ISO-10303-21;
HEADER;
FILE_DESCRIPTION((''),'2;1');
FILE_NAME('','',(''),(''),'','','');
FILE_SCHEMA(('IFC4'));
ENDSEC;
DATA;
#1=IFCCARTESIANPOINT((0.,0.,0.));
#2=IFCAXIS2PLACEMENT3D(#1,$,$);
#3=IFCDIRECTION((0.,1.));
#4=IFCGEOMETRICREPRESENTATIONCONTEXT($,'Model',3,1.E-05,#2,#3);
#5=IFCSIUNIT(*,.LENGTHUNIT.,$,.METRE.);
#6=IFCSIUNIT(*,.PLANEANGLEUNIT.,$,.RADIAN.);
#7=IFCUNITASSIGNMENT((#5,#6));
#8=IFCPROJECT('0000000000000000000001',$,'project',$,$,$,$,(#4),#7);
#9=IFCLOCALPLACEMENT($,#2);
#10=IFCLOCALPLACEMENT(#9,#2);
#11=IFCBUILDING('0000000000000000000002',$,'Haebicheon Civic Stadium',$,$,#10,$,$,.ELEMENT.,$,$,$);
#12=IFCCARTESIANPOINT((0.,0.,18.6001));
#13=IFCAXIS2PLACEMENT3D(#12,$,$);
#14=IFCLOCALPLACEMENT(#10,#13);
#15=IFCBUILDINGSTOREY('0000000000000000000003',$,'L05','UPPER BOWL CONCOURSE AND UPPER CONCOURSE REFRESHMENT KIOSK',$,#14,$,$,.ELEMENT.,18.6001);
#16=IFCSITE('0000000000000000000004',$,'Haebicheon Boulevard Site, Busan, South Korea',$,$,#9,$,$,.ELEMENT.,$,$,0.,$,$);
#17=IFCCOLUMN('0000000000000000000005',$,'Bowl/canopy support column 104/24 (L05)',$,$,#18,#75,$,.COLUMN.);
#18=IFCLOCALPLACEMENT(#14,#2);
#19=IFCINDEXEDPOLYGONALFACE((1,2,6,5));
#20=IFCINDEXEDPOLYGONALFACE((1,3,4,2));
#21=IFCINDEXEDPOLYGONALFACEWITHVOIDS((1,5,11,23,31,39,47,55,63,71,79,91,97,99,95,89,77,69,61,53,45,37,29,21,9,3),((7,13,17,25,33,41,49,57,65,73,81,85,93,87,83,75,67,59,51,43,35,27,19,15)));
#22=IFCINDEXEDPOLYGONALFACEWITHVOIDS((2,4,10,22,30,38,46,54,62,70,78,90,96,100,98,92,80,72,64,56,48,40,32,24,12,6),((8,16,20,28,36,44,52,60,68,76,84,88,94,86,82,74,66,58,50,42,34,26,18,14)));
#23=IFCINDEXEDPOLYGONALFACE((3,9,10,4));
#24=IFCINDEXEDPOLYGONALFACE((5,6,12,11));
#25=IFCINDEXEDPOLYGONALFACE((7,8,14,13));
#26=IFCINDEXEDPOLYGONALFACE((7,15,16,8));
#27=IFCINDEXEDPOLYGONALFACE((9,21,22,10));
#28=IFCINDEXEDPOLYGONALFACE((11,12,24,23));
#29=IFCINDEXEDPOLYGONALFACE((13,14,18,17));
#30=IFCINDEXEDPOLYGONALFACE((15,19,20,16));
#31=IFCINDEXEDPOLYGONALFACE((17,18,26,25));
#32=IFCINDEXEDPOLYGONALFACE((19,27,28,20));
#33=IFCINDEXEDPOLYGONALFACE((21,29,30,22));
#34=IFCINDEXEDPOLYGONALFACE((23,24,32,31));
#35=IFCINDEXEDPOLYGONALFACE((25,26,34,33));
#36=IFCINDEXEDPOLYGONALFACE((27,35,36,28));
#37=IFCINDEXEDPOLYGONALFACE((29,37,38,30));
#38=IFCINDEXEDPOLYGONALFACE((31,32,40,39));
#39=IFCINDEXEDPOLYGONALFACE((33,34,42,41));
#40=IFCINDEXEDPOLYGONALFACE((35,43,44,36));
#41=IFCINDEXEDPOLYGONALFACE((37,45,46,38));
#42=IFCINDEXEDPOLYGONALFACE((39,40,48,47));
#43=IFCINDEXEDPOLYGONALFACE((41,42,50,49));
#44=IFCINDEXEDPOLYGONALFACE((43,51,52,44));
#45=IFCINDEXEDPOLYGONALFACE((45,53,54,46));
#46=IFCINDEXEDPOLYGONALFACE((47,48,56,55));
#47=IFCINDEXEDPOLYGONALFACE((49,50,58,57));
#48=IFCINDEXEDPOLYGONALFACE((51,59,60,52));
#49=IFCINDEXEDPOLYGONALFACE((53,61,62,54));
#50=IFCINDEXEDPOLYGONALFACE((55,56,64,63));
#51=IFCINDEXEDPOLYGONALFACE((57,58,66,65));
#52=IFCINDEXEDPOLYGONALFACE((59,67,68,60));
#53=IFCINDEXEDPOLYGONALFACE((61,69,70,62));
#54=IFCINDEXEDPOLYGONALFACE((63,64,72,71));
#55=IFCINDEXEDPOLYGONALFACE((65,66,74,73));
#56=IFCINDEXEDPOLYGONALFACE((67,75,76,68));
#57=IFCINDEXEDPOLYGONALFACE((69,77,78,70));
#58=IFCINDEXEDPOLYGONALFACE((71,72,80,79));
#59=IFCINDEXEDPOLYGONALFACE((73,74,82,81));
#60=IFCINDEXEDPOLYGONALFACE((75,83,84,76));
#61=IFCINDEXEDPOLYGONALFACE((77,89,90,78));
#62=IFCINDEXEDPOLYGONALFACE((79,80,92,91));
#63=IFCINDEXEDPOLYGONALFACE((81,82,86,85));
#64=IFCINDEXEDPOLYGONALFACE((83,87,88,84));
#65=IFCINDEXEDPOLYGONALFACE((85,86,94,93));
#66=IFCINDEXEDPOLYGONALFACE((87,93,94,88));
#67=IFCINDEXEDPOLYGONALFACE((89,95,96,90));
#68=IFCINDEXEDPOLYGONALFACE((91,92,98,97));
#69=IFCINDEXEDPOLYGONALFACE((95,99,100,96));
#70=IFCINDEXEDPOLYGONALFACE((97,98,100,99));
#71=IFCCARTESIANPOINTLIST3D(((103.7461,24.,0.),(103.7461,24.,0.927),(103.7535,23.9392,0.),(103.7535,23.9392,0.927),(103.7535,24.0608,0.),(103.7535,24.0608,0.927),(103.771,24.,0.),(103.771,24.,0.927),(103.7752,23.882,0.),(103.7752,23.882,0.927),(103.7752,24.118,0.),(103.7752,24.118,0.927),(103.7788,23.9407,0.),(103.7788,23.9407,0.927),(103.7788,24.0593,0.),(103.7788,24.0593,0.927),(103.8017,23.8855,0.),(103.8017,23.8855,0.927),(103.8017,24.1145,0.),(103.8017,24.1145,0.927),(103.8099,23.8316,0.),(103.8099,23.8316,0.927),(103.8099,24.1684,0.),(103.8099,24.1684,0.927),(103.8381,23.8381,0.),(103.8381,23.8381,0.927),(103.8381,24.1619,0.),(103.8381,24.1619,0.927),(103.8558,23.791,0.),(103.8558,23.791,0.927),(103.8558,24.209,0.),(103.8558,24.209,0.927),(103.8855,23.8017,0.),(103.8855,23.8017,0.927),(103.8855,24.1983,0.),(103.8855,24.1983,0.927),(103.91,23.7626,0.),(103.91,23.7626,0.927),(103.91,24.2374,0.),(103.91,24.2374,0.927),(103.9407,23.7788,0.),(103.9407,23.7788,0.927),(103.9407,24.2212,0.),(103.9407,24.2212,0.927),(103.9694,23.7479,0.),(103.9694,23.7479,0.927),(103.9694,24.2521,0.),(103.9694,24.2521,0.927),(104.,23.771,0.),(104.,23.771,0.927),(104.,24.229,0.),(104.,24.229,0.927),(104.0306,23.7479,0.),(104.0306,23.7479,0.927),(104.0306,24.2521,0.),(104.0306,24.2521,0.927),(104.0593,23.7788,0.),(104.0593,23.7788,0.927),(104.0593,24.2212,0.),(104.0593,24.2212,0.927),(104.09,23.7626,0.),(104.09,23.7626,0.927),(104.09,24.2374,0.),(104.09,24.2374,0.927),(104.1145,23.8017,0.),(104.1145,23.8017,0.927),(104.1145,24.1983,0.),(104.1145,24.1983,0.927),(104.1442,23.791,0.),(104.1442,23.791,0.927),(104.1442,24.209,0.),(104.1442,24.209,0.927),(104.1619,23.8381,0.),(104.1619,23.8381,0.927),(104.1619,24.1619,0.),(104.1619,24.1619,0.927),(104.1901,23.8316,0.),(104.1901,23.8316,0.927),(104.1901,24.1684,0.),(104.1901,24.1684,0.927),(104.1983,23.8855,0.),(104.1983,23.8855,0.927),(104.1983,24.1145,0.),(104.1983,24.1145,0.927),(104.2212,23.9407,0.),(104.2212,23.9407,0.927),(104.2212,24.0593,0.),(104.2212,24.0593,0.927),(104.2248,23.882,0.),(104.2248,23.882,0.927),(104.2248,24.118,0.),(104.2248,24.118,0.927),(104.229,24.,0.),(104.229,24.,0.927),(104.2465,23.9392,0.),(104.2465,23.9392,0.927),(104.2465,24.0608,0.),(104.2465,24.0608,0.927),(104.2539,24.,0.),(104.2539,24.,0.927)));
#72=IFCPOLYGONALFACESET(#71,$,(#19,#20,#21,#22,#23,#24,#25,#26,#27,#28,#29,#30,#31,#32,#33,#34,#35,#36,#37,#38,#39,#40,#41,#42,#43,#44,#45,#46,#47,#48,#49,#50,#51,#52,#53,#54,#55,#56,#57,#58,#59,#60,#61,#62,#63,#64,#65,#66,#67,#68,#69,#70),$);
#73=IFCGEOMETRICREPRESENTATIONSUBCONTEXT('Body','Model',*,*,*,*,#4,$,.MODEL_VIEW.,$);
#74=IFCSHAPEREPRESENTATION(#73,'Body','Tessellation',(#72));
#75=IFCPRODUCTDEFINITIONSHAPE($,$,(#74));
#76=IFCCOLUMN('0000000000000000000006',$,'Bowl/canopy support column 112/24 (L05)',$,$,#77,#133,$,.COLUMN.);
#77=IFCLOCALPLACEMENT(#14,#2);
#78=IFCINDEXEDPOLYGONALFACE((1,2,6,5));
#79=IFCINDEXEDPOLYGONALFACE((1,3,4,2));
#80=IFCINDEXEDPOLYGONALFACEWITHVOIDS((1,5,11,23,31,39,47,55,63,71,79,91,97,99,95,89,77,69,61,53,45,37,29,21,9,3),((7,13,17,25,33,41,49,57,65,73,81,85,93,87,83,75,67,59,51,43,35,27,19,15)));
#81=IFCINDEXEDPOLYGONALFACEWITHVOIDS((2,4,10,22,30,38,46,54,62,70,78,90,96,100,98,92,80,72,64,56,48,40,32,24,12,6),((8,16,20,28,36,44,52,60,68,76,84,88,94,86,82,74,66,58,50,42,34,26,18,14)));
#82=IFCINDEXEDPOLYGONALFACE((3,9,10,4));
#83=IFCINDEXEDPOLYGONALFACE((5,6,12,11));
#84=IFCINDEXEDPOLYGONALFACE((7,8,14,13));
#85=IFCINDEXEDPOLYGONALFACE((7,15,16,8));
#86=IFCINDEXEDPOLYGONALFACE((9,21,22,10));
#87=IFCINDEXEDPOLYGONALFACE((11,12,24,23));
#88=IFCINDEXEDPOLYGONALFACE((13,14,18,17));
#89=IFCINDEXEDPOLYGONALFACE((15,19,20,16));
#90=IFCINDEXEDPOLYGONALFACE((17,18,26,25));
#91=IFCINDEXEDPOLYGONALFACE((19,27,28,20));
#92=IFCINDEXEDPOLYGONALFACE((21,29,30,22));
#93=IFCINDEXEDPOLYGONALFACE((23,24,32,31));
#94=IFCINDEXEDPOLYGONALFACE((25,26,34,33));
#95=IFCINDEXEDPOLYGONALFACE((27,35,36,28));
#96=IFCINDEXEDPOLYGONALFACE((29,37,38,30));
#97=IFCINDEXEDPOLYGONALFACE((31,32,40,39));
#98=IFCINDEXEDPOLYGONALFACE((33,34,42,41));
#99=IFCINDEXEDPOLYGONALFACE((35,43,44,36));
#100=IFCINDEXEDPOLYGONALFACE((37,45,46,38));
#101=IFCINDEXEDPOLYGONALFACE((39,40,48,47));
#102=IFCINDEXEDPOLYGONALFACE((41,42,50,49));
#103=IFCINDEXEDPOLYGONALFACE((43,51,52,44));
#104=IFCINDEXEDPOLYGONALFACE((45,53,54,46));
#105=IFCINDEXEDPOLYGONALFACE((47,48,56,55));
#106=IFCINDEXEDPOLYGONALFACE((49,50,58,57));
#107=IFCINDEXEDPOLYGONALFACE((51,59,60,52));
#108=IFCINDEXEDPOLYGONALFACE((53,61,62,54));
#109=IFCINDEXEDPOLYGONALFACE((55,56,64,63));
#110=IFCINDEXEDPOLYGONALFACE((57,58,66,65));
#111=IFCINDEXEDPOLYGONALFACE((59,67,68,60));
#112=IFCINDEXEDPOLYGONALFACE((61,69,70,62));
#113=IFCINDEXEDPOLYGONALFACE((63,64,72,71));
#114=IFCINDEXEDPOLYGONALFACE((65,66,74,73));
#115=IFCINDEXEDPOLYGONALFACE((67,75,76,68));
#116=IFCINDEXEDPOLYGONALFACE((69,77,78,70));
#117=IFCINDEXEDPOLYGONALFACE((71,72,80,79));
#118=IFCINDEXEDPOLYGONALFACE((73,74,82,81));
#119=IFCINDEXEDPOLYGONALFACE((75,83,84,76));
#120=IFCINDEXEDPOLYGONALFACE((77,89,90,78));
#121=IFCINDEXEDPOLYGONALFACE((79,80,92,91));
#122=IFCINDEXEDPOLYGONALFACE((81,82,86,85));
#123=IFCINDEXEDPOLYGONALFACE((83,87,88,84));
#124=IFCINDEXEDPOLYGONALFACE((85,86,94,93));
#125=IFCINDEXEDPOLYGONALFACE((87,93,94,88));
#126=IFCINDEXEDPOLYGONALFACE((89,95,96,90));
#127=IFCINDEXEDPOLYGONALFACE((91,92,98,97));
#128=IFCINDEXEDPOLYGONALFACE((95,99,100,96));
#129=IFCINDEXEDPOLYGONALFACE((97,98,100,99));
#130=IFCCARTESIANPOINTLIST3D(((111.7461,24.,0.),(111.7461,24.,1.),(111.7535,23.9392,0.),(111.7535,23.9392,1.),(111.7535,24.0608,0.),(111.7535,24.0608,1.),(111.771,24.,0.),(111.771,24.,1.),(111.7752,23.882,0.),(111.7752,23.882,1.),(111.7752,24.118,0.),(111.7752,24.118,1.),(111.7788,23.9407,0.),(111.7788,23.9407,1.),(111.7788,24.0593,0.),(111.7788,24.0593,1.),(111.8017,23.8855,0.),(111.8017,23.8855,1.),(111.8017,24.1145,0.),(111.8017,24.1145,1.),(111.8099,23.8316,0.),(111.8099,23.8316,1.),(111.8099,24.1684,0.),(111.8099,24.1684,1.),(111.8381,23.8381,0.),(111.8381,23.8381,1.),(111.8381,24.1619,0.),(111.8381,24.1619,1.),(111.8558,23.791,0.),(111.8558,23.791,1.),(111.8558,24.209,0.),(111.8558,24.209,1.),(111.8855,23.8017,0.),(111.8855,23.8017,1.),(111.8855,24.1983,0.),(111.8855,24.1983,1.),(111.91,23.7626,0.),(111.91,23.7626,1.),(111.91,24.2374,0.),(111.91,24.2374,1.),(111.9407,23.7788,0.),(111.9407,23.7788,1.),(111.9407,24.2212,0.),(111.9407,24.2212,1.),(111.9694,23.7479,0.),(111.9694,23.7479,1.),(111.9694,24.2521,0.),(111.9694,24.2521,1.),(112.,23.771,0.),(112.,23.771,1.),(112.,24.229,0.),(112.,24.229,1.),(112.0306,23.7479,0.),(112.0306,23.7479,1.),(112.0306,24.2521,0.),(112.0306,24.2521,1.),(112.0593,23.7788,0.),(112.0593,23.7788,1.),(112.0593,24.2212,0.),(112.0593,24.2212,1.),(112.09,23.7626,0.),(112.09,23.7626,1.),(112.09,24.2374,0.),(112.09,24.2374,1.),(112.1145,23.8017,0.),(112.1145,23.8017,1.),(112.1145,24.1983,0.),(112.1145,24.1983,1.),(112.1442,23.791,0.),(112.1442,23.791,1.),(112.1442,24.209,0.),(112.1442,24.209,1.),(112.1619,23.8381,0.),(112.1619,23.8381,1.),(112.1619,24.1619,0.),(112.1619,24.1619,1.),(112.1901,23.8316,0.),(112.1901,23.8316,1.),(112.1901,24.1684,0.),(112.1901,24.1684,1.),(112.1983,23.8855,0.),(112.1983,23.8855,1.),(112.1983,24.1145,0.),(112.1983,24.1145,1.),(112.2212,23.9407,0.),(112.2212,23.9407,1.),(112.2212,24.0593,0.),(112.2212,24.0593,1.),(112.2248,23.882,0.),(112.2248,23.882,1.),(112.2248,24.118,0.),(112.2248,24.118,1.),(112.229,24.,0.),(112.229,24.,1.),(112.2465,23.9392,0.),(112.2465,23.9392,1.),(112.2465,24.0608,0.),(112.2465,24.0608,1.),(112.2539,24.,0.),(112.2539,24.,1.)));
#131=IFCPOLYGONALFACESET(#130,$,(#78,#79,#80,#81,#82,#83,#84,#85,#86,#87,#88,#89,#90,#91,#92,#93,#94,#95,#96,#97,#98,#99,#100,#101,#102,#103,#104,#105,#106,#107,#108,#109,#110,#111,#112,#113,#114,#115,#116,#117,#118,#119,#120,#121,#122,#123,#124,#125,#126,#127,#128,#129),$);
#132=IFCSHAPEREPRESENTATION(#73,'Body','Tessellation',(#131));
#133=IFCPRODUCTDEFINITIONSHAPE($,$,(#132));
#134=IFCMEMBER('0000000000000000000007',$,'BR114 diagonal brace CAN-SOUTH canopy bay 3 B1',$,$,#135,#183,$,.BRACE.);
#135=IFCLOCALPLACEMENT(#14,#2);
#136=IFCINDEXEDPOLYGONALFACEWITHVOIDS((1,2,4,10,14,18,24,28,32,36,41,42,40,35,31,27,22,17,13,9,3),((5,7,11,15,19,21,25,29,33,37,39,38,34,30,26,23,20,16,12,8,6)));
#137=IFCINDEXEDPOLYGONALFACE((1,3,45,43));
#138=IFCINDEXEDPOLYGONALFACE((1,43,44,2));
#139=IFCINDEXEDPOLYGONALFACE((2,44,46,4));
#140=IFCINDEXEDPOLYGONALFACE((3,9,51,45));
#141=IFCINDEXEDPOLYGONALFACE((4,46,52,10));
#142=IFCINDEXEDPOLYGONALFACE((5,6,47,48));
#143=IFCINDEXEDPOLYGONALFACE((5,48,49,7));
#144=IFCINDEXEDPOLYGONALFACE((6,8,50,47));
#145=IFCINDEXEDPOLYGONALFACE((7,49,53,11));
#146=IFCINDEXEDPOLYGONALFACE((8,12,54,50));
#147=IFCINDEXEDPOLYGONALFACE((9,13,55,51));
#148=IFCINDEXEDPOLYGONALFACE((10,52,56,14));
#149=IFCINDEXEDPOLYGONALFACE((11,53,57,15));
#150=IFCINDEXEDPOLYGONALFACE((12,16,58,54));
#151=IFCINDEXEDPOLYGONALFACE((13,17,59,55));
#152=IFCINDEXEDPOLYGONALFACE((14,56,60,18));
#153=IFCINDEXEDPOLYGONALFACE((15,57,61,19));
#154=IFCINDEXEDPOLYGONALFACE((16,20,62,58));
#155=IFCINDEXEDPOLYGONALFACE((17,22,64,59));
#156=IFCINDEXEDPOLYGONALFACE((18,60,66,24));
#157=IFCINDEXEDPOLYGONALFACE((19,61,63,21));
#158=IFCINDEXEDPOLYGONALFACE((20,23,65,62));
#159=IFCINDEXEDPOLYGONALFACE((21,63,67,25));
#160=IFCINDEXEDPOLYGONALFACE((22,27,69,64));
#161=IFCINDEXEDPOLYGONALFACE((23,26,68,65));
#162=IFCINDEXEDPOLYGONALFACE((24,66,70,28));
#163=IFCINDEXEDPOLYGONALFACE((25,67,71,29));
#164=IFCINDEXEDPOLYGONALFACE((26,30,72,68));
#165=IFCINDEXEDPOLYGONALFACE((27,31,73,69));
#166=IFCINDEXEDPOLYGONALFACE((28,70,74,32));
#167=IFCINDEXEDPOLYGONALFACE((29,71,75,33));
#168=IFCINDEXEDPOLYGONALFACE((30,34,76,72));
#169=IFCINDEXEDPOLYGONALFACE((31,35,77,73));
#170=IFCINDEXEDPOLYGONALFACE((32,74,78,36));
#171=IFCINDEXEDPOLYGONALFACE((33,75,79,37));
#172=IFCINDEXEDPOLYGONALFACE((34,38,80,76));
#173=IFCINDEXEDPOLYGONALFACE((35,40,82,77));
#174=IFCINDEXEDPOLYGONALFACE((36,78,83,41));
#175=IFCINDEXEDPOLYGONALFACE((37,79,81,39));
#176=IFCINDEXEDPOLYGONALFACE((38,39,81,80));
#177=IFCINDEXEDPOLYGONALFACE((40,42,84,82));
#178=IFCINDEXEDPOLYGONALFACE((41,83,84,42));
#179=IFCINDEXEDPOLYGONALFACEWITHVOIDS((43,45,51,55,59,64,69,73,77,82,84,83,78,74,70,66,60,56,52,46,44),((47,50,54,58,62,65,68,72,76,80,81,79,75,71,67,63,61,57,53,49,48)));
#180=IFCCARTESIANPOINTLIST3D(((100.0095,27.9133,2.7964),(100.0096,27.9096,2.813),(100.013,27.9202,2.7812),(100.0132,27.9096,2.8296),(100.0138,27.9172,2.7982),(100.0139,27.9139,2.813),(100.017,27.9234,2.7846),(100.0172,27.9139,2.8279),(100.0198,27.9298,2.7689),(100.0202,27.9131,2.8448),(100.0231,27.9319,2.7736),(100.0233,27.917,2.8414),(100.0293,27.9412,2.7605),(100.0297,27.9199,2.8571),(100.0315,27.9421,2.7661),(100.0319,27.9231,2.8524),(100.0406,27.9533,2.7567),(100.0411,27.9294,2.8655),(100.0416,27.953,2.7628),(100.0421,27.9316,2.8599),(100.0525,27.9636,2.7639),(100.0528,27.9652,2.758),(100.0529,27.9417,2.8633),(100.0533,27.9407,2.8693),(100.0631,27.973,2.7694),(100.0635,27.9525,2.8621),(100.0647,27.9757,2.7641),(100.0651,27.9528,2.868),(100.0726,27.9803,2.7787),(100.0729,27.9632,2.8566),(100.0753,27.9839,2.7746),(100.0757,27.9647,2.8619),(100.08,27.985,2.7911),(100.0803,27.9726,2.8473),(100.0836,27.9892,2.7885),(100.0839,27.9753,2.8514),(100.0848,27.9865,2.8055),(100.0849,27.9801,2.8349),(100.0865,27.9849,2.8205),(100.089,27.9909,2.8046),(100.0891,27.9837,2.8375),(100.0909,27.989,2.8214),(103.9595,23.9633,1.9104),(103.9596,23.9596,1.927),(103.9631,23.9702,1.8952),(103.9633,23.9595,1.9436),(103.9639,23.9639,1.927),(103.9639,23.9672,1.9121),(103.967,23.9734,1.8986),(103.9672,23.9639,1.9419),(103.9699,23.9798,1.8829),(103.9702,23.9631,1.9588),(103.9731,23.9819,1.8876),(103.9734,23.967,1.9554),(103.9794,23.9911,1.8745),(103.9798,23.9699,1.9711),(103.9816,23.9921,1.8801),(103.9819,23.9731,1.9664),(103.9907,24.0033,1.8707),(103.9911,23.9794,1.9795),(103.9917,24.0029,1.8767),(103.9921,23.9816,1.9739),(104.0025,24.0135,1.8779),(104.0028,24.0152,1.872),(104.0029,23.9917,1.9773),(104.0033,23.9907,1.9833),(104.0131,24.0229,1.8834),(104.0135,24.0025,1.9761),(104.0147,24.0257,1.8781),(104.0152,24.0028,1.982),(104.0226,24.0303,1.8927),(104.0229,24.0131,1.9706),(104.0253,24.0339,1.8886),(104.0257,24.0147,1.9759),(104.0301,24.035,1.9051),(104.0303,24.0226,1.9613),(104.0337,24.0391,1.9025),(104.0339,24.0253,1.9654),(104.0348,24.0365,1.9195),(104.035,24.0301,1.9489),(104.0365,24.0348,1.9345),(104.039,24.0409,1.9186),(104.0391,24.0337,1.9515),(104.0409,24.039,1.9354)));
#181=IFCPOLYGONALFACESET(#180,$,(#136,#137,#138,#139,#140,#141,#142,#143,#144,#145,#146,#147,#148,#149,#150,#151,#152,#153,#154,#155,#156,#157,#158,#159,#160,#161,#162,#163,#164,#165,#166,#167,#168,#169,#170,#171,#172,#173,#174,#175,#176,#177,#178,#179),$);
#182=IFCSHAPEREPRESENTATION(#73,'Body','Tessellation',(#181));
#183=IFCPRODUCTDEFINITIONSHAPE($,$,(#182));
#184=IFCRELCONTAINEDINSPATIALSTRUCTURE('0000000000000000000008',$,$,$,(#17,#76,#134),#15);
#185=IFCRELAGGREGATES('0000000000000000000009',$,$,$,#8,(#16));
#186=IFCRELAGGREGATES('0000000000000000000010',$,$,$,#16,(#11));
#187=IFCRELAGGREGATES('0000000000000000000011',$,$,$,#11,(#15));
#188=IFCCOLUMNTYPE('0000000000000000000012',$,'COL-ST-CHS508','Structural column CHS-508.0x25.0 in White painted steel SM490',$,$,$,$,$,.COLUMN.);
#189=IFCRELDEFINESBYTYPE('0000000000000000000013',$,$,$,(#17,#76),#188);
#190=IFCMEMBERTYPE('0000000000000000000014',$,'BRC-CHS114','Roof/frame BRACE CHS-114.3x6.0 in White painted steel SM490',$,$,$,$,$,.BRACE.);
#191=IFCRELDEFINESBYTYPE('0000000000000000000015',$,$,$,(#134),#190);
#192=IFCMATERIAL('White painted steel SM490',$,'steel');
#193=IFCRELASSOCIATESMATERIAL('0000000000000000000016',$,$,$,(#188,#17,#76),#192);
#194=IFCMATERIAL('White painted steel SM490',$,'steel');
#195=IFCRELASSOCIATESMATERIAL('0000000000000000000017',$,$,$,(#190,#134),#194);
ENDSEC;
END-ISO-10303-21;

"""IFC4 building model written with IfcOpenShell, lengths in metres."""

from ifc_helpers import new_model, si_unit, direction, frame, origin, origin_2d, place, context, subcontext, project, spatial, hollow_circle, extrude, material, material_profile, profile_set, type_object, element, save


model = new_model("IFC4")

# Units and contexts
model_context = context("Model", 3, precision=1e-05, world=origin(), true_north=direction((0.0, 1.0)))
body_context = subcontext(model_context, "Body", "Model", "MODEL_VIEW")
ifc_project = project(units=[si_unit("LENGTHUNIT", "METRE"), si_unit("PLANEANGLEUNIT", "RADIAN")], contexts=[model_context])

# Site, building, storey
site_placement = place(None, origin())
site = spatial("IfcSite", under=ifc_project, at=site_placement, Name="Haebicheon Boulevard Site, Busan, South Korea", CompositionType="ELEMENT", RefElevation=0.0)
building_placement = place(site_placement, origin())
building = spatial("IfcBuilding", under=site, at=building_placement, Name="Haebicheon Civic Stadium", CompositionType="ELEMENT")
storey_placement = place(building_placement, frame((0.0, 0.0, 18.6001)))
storey = spatial("IfcBuildingStorey", under=building, at=storey_placement, Name="L05", Description="UPPER BOWL CONCOURSE AND UPPER CONCOURSE REFRESHMENT KIOSK", CompositionType="ELEMENT", Elevation=18.6001)

# Columns
ifc_material_1 = material(Name="White painted steel SM490", Category="steel")
ifc_material_profile_1 = material_profile(ifc_material_1, hollow_circle(Radius=0.2539, WallThickness=0.0249, at=origin_2d()), Name="CHS-508.0x25.0")
ifc_profile_set_1 = profile_set([ifc_material_profile_1], Name="White painted steel SM490")
column_type = type_object("IfcColumnType", Name="COL-ST-CHS508", Description="Structural column CHS-508.0x25.0 in White painted steel SM490", PredefinedType="COLUMN", material=ifc_profile_set_1)
column_1_placement = place(storey_placement, frame((104.0, 24.0, 0.0), z_axis=(0.0, 0.0, 1.0), x_axis=(1.0, 0.0, 0.0)))
element("IfcColumn", 1, at=column_1_placement, inside=storey, type_object=column_type, material=ifc_profile_set_1, Name="Bowl/canopy support column 104/24 (L05)", PredefinedType="COLUMN", context=body_context, shape_type="SweptSolid", body=[
    extrude(hollow_circle(Radius=0.2539, WallThickness=0.0249, at=origin_2d()), origin(), (0.0, 0.0, 1.0), 0.927),
])
column_2_placement = place(storey_placement, frame((112.0, 24.0, 0.0), z_axis=(0.0, 0.0, 1.0), x_axis=(1.0, 0.0, 0.0)))
element("IfcColumn", 2, at=column_2_placement, inside=storey, type_object=column_type, material=ifc_profile_set_1, Name="Bowl/canopy support column 112/24 (L05)", PredefinedType="COLUMN", context=body_context, shape_type="SweptSolid", body=[
    extrude(hollow_circle(Radius=0.2539, WallThickness=0.0249, at=origin_2d()), origin(), (0.0, 0.0, 1.0), 1.0),
])

# Member
ifc_material_2 = material(Name="White painted steel SM490", Category="steel")
ifc_material_profile_2 = material_profile(ifc_material_2, hollow_circle(Radius=0.0571, WallThickness=0.0061, at=origin_2d()), Name="CHS-114.3x6.0")
ifc_profile_set_2 = profile_set([ifc_material_profile_2], Name="White painted steel SM490")
member_type_1 = type_object("IfcMemberType", Name="BRC-CHS114", Description="Roof/frame BRACE CHS-114.3x6.0 in White painted steel SM490", PredefinedType="BRACE", material=ifc_profile_set_2)
member_1_placement = place(storey_placement, frame((104.0, 24.0, 1.927), z_axis=(-0.698377, 0.698377, 0.156648), x_axis=(-0.707107, -0.707107, 0.0)))
element("IfcMember", 3, at=member_1_placement, inside=storey, type_object=member_type_1, material=ifc_profile_set_2, Name="BR114 diagonal brace CAN-SOUTH canopy bay 3 B1", PredefinedType="BRACE", context=body_context, shape_type="SweptSolid", body=[
    extrude(hollow_circle(Radius=0.0571, WallThickness=0.0061, at=origin_2d()), origin(), (0.0, 0.0, 1.0), 5.656),
])

save(model, "model.ifc")
